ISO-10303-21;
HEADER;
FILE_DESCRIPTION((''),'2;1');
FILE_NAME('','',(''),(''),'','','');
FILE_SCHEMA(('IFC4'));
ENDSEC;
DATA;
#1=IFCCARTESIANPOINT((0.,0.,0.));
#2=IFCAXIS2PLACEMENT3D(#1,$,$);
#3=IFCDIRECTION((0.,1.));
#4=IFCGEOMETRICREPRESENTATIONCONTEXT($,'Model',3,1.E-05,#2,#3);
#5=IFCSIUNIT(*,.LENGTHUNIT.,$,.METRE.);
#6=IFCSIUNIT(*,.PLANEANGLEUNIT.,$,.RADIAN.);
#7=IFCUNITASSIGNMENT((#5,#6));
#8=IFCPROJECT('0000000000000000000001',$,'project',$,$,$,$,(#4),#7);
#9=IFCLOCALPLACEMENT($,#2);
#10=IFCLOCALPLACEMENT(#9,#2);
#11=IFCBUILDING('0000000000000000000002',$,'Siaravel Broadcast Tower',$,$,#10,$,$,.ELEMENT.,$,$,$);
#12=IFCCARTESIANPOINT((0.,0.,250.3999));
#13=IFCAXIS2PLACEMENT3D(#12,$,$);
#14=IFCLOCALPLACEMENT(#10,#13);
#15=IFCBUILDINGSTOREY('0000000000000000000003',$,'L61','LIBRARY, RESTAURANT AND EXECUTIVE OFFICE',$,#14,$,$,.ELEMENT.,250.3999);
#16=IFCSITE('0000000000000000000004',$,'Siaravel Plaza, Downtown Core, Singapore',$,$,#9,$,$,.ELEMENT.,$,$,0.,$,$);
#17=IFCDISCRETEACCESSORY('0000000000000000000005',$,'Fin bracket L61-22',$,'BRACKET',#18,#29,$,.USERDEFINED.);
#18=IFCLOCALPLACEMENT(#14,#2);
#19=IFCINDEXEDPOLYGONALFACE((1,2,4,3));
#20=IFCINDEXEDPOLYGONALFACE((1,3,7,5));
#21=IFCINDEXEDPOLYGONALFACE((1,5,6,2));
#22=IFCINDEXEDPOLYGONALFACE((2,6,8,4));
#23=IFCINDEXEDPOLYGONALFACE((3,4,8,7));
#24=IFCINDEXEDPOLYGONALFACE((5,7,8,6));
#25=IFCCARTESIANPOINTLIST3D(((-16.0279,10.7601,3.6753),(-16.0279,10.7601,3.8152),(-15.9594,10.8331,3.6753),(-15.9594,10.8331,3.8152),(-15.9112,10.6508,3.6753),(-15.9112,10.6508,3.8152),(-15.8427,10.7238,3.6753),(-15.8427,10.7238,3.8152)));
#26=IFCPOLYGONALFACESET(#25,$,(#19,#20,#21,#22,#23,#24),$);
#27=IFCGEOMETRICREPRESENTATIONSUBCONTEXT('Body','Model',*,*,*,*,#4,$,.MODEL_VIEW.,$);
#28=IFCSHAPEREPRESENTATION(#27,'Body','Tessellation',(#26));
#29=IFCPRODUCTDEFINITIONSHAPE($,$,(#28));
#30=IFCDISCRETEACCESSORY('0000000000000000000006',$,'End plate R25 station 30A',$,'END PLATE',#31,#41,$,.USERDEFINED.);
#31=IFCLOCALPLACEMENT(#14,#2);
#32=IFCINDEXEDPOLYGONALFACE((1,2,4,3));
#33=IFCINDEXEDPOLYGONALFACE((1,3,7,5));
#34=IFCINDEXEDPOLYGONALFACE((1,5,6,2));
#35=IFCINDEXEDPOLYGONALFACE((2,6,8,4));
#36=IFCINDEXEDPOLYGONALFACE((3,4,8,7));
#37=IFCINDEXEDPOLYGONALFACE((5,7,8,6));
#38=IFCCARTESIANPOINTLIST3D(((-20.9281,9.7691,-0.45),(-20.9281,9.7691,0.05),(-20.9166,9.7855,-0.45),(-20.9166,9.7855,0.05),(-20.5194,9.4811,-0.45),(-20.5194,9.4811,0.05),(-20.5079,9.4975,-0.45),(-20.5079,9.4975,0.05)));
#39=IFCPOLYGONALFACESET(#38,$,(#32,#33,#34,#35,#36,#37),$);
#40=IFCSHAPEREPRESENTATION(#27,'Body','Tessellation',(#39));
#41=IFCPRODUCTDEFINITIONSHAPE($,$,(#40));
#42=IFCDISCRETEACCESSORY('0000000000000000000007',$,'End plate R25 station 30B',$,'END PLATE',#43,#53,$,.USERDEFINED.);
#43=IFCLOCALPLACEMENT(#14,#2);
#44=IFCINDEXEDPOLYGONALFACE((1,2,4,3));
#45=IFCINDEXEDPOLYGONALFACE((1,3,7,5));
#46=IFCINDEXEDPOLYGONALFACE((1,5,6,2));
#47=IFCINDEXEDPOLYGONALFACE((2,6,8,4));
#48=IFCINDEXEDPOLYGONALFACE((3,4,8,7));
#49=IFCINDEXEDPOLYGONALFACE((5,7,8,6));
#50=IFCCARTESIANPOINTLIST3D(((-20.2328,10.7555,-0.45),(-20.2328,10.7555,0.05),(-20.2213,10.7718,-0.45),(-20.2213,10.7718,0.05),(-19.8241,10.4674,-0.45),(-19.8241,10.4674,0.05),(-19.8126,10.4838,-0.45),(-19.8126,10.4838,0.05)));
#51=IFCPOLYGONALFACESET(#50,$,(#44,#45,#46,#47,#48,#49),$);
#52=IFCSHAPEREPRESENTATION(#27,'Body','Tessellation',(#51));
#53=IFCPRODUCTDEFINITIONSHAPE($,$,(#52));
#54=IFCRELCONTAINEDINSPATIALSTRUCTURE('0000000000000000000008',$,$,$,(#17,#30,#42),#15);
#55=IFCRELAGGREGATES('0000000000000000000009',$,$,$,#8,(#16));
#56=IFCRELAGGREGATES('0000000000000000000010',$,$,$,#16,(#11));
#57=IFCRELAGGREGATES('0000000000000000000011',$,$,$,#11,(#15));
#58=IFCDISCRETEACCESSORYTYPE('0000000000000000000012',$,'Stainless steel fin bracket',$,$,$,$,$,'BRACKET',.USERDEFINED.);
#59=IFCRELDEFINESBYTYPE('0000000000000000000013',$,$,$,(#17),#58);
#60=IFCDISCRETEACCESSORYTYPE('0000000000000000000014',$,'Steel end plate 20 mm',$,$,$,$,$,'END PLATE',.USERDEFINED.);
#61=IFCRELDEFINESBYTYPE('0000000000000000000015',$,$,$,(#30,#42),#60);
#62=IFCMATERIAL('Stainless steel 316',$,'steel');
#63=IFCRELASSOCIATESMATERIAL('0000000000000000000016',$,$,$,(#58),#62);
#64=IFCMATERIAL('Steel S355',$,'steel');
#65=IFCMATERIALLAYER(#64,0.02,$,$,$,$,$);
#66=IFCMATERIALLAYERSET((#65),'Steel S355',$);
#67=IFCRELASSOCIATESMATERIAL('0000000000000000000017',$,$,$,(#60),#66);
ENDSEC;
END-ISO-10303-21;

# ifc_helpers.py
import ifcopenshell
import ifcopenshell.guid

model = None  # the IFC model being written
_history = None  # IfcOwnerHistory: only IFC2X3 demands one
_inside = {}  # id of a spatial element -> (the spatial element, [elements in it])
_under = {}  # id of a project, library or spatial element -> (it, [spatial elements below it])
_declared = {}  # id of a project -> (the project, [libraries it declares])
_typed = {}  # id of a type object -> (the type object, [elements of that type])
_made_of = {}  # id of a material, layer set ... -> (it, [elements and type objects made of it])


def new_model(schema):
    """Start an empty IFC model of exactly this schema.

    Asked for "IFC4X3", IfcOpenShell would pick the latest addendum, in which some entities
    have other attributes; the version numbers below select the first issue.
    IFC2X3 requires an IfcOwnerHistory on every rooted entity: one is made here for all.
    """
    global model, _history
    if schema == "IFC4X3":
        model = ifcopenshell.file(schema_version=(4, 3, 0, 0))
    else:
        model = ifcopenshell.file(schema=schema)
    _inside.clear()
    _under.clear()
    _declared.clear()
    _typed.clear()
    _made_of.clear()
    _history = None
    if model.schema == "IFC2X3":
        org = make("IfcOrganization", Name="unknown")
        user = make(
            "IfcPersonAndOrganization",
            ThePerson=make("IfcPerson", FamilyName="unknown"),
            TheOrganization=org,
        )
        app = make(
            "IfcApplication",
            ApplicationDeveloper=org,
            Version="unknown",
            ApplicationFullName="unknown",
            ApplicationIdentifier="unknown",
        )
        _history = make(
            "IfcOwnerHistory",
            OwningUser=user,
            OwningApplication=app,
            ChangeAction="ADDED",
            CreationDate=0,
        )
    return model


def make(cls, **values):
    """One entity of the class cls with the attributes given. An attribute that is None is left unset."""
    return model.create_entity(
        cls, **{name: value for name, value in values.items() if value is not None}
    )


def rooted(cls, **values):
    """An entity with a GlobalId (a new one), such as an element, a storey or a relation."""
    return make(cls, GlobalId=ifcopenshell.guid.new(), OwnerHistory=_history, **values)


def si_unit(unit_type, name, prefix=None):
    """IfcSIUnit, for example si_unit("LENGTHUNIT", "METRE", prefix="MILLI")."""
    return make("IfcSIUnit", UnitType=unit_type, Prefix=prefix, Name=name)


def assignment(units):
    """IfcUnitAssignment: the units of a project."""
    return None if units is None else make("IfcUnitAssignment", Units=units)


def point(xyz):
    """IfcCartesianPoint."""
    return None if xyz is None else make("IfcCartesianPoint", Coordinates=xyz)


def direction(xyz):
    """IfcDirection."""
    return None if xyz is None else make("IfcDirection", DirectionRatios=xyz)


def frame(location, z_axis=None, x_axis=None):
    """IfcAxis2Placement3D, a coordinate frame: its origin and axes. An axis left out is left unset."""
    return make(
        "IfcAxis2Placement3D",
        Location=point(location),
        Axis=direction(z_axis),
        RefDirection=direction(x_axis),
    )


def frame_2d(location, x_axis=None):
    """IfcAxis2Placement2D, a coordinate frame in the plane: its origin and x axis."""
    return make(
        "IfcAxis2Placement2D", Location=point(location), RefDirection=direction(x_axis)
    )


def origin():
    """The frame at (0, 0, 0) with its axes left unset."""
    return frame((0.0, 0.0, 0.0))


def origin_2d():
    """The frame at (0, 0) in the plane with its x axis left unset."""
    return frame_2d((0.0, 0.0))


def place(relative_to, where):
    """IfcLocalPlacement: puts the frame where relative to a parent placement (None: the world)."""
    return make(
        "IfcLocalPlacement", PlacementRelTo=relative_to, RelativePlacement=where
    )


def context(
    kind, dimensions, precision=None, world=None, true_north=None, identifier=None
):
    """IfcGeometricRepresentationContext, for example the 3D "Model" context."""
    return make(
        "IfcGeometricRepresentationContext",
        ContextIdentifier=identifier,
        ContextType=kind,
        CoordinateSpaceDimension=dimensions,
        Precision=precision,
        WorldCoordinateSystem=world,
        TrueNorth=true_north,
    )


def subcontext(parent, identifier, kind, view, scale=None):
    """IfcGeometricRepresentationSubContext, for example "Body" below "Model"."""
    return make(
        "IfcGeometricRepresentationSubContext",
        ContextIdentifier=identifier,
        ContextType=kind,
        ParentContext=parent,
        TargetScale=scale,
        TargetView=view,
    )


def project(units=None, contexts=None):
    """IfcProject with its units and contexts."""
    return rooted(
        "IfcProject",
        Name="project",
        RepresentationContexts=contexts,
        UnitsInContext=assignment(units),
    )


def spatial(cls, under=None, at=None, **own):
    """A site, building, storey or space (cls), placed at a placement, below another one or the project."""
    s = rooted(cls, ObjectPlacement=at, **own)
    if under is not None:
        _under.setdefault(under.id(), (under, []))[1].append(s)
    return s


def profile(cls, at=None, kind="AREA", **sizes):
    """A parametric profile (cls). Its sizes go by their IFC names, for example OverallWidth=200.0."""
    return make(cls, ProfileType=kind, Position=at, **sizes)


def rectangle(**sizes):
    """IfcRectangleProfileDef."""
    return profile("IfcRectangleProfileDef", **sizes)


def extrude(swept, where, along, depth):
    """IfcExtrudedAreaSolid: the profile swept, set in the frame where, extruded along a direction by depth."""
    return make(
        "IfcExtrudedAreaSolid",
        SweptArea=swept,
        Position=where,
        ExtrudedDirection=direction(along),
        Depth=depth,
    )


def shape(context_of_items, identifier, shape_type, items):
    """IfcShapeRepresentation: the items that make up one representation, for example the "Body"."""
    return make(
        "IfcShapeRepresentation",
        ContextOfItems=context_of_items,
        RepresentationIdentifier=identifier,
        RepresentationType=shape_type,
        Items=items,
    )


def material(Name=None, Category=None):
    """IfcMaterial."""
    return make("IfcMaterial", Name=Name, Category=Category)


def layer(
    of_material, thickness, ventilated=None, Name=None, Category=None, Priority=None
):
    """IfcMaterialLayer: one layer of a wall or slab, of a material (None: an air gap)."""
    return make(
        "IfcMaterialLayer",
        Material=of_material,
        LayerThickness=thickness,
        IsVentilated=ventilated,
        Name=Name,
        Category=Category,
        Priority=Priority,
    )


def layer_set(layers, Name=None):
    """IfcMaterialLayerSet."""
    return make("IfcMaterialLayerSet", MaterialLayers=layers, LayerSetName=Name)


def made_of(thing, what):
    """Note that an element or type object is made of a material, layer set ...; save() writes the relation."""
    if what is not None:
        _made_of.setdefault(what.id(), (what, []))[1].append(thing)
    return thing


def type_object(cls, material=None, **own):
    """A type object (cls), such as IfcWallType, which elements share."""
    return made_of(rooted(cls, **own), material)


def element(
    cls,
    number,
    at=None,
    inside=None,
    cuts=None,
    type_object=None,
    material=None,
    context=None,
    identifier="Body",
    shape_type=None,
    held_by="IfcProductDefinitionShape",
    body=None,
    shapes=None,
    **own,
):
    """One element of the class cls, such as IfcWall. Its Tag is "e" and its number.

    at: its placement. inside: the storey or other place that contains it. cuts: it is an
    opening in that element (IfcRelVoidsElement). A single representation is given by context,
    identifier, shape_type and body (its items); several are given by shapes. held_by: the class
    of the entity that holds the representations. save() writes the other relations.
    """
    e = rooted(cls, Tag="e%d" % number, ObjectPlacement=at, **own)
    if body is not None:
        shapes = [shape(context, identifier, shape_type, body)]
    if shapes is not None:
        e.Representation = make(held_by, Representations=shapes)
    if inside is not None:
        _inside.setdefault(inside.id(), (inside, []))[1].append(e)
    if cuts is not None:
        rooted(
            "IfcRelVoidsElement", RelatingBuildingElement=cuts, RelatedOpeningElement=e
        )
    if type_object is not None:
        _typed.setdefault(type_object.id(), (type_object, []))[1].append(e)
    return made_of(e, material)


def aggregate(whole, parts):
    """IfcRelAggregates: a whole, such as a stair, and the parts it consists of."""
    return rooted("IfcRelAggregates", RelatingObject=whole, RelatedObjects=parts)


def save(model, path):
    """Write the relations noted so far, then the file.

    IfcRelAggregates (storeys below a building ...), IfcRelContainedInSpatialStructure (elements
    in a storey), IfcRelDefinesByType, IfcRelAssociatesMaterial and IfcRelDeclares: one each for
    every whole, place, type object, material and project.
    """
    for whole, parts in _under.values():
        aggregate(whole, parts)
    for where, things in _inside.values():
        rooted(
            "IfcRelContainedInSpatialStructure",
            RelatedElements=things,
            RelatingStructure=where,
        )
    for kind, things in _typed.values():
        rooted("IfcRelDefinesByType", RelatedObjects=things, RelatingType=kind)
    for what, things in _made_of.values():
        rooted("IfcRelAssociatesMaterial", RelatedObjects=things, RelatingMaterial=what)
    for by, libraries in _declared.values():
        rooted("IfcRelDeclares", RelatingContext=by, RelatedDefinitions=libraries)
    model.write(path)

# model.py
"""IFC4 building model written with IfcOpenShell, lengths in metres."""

from ifc_helpers import new_model, si_unit, direction, frame, origin, origin_2d, place, context, subcontext, project, spatial, rectangle, extrude, material, layer, layer_set, type_object, element, save


model = new_model("IFC4")

# Units and contexts
model_context = context("Model", 3, precision=1e-05, world=origin(), true_north=direction((0.0, 1.0)))
body_context = subcontext(model_context, "Body", "Model", "MODEL_VIEW")
ifc_project = project(units=[si_unit("LENGTHUNIT", "METRE"), si_unit("PLANEANGLEUNIT", "RADIAN")], contexts=[model_context])

# Site, building, storey
site_placement = place(None, origin())
site = spatial("IfcSite", under=ifc_project, at=site_placement, Name="Siaravel Plaza, Downtown Core, Singapore", CompositionType="ELEMENT", RefElevation=0.0)
building_placement = place(site_placement, origin())
building = spatial("IfcBuilding", under=site, at=building_placement, Name="Siaravel Broadcast Tower", CompositionType="ELEMENT")
storey_placement = place(building_placement, frame((0.0, 0.0, 250.3999)))
storey = spatial("IfcBuildingStorey", under=building, at=storey_placement, Name="L61", Description="LIBRARY, RESTAURANT AND EXECUTIVE OFFICE", CompositionType="ELEMENT", Elevation=250.3999)

# Shared definitions
ifc_material_1 = material(Name="Steel S355", Category="steel")

# Discrete accessories
ifc_material_2 = material(Name="Stainless steel 316", Category="steel")
discrete_accessory_type_1 = type_object("IfcDiscreteAccessoryType", Name="Stainless steel fin bracket", ElementType="BRACKET", PredefinedType="USERDEFINED", material=ifc_material_2)
discrete_accessory_placement = place(storey_placement, frame((-15.9353, 10.7419, 3.6753), z_axis=(0.0, 0.0, 1.0), x_axis=(-0.729807, 0.683653, 0.0)))
element("IfcDiscreteAccessory", 1, at=discrete_accessory_placement, inside=storey, type_object=discrete_accessory_type_1, Name="Fin bracket L61-22", ObjectType="BRACKET", PredefinedType="USERDEFINED", context=body_context, shape_type="SweptSolid", body=[
    extrude(rectangle(XDim=0.1599, YDim=0.1001, at=origin_2d()), origin(), (0.0, 0.0, 1.0), 0.1399),
])
ifc_layer_1 = layer(ifc_material_1, 0.02)
ifc_layer_set_1 = layer_set([ifc_layer_1], Name="Steel S355")
discrete_accessory_type_2 = type_object("IfcDiscreteAccessoryType", Name="Steel end plate 20 mm", ElementType="END PLATE", PredefinedType="USERDEFINED", material=ifc_layer_set_1)
for number, where, z_axis, x_axis, name in (
    (2, (-20.718, 9.6333, -0.45), (0.0, 0.0, 1.0), (-0.576119, -0.817366, 0.0), "End plate R25 station 30A"),
    (3, (-20.0227, 10.6196, -0.45), (0.0, 0.0, 1.0), (-0.576119, -0.817366, 0.0), "End plate R25 station 30B"),
):
    element("IfcDiscreteAccessory", number, at=place(storey_placement, frame(where, z_axis=z_axis, x_axis=x_axis)), inside=storey, type_object=discrete_accessory_type_2, Name=name, ObjectType="END PLATE", PredefinedType="USERDEFINED", context=body_context, shape_type="SweptSolid", body=[
        extrude(rectangle(XDim=0.02, YDim=0.5, at=origin_2d()), origin(), (0.0, 0.0, 1.0), 0.5),
    ])

save(model, "model.ifc")
